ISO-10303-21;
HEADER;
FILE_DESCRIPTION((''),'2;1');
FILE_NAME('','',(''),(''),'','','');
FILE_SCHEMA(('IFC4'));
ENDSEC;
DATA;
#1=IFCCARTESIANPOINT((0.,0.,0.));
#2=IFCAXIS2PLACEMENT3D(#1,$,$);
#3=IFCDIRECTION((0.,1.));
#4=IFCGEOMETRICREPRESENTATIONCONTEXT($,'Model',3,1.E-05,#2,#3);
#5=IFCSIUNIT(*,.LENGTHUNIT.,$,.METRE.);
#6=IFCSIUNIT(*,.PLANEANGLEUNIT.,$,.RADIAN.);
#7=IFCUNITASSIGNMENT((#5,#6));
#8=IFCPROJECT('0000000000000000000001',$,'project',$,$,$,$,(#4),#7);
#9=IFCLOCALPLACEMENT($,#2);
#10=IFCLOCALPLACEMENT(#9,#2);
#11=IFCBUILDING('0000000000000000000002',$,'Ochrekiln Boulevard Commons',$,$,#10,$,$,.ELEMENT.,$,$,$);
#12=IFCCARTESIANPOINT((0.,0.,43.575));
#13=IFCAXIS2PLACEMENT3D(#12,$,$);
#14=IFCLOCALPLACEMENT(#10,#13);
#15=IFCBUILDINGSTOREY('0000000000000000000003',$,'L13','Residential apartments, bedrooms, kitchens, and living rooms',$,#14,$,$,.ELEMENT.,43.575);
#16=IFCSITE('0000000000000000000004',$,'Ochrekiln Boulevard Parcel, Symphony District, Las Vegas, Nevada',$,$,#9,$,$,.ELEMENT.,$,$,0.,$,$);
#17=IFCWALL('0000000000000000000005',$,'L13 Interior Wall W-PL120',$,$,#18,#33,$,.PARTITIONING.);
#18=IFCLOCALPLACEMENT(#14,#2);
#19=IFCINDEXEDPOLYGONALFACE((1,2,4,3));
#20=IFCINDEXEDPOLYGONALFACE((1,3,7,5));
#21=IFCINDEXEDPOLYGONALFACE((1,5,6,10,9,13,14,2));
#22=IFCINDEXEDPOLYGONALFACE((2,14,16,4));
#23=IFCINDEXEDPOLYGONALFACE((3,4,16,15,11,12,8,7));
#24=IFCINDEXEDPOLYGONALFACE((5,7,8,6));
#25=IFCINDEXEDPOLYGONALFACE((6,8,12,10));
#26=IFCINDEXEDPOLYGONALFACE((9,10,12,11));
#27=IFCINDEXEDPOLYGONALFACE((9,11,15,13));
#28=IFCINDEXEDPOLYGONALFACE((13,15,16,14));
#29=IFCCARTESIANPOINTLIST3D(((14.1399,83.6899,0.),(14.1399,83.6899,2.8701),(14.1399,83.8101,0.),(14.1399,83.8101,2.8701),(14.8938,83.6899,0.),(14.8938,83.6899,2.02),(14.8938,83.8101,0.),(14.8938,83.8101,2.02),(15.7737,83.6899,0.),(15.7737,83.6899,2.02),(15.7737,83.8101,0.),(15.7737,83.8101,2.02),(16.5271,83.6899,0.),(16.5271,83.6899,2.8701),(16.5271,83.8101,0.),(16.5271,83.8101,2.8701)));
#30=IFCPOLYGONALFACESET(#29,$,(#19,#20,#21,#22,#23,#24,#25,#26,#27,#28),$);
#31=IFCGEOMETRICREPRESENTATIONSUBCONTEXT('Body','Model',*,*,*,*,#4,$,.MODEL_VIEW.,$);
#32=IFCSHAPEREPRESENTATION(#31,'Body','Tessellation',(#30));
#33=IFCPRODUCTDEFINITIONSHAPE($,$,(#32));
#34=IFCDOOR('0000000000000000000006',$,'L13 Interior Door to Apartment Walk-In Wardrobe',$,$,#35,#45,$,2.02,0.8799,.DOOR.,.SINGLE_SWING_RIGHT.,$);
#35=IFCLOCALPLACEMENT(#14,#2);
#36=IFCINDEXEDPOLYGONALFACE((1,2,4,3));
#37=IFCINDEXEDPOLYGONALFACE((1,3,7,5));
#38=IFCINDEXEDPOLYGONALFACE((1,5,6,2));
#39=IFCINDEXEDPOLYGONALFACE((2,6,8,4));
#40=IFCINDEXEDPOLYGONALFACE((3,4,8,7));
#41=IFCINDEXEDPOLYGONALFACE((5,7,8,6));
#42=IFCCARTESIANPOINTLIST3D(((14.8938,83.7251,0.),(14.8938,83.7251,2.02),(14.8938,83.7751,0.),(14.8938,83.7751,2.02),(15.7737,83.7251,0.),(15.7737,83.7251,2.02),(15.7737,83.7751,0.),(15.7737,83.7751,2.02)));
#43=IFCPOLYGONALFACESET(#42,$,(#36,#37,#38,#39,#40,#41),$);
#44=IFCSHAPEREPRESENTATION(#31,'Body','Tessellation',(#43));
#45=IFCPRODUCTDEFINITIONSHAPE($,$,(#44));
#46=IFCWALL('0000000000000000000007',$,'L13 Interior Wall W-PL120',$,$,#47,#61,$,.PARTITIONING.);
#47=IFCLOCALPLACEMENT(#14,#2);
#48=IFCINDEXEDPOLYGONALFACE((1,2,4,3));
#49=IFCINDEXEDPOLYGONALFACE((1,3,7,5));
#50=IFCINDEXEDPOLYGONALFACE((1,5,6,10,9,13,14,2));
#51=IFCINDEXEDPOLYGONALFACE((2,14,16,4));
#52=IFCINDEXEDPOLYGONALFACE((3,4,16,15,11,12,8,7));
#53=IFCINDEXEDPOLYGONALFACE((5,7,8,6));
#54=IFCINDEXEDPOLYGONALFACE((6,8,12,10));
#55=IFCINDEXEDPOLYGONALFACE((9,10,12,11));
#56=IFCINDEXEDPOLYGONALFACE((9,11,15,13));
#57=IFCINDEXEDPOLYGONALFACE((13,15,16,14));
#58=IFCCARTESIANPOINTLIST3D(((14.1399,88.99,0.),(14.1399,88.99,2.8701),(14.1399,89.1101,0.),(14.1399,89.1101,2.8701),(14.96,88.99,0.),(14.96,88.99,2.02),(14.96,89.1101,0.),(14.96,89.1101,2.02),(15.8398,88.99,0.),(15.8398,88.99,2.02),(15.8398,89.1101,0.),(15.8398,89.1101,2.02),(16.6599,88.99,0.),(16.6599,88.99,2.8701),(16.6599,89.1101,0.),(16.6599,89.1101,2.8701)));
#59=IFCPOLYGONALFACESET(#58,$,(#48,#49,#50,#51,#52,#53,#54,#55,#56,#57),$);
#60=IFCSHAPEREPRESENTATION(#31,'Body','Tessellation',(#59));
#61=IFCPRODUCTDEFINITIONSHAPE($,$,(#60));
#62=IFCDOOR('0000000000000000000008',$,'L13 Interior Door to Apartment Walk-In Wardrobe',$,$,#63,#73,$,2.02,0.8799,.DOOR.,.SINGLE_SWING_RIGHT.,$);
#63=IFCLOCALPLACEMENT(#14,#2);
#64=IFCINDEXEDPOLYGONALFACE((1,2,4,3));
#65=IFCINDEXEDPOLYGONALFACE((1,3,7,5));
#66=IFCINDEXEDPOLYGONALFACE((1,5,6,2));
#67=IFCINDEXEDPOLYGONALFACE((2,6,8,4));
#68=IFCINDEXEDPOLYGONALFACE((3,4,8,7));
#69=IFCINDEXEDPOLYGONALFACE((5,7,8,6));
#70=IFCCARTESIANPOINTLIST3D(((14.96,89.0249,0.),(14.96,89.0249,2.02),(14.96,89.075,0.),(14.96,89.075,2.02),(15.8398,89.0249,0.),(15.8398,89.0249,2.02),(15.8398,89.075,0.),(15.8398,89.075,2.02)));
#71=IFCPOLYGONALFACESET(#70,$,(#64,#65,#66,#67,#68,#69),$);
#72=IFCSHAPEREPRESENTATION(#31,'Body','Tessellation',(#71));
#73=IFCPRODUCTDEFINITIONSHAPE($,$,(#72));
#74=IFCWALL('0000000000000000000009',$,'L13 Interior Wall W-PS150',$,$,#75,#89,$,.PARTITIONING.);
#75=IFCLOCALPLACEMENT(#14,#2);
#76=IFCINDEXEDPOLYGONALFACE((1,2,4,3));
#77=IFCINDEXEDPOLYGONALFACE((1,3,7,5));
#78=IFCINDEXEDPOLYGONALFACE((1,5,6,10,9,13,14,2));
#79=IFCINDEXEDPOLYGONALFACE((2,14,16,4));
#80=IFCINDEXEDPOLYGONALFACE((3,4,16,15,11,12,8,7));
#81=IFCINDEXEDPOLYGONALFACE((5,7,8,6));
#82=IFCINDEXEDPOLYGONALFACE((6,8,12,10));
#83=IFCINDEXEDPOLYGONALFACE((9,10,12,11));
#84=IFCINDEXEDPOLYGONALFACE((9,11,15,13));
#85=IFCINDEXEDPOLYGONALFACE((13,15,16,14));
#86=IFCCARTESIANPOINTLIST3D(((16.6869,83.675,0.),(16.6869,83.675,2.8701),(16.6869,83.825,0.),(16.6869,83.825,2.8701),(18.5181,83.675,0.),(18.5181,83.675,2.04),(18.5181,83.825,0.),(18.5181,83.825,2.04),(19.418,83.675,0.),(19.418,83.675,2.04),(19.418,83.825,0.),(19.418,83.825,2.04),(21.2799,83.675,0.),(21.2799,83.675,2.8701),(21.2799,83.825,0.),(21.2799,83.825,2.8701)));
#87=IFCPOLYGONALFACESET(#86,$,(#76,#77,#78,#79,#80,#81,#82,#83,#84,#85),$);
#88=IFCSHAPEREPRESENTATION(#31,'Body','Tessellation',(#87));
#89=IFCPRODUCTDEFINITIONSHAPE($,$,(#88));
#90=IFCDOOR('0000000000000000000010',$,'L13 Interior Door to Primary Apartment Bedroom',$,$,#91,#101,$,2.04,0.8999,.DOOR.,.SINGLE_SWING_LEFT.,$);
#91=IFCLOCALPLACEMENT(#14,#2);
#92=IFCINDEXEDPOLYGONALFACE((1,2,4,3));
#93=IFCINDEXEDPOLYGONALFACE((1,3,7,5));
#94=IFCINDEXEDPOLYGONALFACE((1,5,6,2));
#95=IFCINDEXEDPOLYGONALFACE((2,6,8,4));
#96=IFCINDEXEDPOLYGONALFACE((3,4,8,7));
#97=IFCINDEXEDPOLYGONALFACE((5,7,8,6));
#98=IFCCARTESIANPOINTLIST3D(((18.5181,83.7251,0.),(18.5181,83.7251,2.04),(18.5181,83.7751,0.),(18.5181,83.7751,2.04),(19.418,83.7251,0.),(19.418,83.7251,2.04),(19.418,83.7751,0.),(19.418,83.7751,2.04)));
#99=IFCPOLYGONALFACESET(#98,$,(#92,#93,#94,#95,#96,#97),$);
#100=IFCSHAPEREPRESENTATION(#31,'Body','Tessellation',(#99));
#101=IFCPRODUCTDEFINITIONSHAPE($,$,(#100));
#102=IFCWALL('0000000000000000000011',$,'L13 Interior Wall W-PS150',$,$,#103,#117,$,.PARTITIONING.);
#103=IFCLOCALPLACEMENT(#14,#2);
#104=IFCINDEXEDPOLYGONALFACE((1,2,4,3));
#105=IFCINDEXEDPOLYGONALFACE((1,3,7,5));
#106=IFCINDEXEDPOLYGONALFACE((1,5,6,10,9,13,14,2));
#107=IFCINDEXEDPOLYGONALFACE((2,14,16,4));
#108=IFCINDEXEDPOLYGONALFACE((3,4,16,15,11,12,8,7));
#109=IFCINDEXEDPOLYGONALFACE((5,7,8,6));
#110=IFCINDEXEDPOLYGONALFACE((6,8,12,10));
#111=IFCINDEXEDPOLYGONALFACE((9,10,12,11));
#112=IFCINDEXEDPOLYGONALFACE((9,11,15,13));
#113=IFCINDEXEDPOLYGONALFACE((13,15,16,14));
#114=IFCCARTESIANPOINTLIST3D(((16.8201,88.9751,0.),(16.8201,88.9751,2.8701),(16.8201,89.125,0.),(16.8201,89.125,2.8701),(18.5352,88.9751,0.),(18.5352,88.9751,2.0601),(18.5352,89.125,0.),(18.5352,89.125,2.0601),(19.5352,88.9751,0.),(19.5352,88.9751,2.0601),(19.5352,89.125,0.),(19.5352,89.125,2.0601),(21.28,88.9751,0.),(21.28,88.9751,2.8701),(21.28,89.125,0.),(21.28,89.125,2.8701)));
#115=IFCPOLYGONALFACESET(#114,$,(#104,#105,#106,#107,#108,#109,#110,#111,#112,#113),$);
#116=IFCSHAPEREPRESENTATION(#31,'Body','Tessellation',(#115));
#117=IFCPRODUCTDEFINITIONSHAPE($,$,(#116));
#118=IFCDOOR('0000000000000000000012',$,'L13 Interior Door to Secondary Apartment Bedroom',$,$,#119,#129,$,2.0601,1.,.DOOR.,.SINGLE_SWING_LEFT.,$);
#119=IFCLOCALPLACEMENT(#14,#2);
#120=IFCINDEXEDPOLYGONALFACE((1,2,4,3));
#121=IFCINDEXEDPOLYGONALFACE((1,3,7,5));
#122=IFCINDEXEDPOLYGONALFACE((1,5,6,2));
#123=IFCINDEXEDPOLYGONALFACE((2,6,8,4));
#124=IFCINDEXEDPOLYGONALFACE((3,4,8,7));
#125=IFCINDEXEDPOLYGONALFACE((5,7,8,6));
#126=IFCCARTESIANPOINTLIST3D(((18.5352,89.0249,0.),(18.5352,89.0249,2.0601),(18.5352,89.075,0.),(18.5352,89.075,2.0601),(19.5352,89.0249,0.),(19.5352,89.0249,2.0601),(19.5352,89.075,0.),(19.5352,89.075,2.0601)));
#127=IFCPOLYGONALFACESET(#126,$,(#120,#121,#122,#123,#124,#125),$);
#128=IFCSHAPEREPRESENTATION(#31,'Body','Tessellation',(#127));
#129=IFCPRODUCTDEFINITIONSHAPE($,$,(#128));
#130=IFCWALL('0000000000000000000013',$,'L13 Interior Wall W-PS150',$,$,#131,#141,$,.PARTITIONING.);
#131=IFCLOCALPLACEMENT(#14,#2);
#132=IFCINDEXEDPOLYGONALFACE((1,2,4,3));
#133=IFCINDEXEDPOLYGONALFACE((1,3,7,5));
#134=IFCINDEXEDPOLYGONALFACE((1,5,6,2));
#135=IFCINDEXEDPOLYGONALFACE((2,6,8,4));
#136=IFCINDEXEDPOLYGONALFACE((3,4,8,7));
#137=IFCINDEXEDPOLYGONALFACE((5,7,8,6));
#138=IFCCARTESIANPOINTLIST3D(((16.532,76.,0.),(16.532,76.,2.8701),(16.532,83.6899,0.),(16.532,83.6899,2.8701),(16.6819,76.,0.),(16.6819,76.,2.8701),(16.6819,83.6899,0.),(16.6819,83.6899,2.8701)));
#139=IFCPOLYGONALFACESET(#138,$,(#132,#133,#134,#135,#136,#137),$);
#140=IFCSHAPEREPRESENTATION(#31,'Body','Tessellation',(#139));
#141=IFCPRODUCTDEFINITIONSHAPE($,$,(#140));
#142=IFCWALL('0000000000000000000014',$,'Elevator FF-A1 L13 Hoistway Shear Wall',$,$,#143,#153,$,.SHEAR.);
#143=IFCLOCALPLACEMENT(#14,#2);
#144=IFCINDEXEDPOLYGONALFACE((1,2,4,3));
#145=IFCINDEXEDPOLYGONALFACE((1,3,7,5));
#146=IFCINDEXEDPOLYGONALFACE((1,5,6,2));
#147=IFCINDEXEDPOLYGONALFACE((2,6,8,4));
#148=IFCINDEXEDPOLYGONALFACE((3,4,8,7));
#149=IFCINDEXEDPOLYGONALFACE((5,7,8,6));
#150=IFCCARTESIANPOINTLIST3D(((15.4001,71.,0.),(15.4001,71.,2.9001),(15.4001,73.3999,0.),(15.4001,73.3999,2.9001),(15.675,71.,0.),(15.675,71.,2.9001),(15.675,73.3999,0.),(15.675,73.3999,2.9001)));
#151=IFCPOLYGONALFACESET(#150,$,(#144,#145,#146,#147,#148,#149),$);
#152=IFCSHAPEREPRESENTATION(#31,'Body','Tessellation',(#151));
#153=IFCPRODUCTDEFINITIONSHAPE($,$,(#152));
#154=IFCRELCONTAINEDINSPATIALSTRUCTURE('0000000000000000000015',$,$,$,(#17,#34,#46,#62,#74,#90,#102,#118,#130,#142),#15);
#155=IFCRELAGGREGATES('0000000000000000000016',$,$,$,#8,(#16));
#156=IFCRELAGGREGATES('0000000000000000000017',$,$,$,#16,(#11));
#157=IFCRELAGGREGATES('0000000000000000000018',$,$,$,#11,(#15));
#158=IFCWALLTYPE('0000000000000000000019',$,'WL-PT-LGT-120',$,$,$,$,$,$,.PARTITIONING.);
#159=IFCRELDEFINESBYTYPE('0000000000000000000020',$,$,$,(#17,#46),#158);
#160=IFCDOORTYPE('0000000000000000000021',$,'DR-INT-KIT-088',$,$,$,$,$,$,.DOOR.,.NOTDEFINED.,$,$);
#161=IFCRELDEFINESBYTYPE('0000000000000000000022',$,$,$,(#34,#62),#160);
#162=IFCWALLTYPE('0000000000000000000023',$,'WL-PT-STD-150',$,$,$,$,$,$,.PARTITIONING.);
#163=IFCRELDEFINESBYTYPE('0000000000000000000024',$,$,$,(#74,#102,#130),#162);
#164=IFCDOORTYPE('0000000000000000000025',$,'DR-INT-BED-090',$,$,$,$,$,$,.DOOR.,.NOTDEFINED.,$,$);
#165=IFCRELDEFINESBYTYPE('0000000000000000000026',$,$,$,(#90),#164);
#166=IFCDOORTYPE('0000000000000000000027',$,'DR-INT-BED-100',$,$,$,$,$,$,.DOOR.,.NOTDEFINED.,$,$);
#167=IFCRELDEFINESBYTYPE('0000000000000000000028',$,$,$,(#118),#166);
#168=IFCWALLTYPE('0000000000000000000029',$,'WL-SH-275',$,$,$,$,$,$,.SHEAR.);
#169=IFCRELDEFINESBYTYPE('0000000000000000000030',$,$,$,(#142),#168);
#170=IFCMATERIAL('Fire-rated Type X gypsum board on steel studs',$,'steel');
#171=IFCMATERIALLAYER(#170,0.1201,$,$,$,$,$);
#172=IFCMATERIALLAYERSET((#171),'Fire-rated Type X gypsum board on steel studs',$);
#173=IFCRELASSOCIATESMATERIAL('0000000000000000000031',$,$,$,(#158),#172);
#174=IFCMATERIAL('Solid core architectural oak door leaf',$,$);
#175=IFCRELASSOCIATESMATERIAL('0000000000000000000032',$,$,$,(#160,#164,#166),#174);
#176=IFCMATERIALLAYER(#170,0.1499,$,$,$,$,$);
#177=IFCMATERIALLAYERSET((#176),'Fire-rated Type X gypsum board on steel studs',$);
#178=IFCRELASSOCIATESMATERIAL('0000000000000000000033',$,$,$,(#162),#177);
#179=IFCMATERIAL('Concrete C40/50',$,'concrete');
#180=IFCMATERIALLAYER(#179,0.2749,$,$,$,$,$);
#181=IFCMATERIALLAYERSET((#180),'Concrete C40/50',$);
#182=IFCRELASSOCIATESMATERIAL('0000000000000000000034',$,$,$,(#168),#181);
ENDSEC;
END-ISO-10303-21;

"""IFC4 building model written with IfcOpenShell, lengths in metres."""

from ifc_helpers import new_model, si_unit, direction, frame, frame_2d, origin, place, context, subcontext, project, spatial, rectangle, extrude, material, layer, layer_set, type_object, element, fill, save


model = new_model("IFC4")

# Units and contexts
model_context = context("Model", 3, precision=1e-05, world=origin(), true_north=direction((0.0, 1.0)))
body_context = subcontext(model_context, "Body", "Model", "MODEL_VIEW")
ifc_project = project(units=[si_unit("LENGTHUNIT", "METRE"), si_unit("PLANEANGLEUNIT", "RADIAN")], contexts=[model_context])

# Site, building, storey
site_placement = place(None, origin())
site = spatial("IfcSite", under=ifc_project, at=site_placement, Name="Ochrekiln Boulevard Parcel, Symphony District, Las Vegas, Nevada", CompositionType="ELEMENT", RefElevation=0.0)
building_placement = place(site_placement, origin())
building = spatial("IfcBuilding", under=site, at=building_placement, Name="Ochrekiln Boulevard Commons", CompositionType="ELEMENT")
storey_placement = place(building_placement, frame((0.0, 0.0, 43.575)))
storey = spatial("IfcBuildingStorey", under=building, at=storey_placement, Name="L13", Description="Residential apartments, bedrooms, kitchens, and living rooms", CompositionType="ELEMENT", Elevation=43.575)

# Shared definitions
ifc_material_1 = material(Name="Concrete C40/50", Category="concrete")

# Walls, openings, doors
ifc_material_2 = material(Name="Fire-rated Type X gypsum board on steel studs", Category="steel")
ifc_layer_1 = layer(ifc_material_2, 0.1201)
ifc_layer_set_1 = layer_set([ifc_layer_1], Name="Fire-rated Type X gypsum board on steel studs")
wall_type_1 = type_object("IfcWallType", Name="WL-PT-LGT-120", PredefinedType="PARTITIONING", material=ifc_layer_set_1)
wall_1_placement = place(storey_placement, frame((14.1399, 83.75, 0.0), z_axis=(0.0, 0.0, 1.0), x_axis=(1.0, 0.0, 0.0)))
wall_1 = element("IfcWall", 1, at=wall_1_placement, inside=storey, type_object=wall_type_1, Name="L13 Interior Wall W-PL120", PredefinedType="PARTITIONING", context=body_context, shape_type="SweptSolid", body=[
    extrude(rectangle(XDim=2.3872, YDim=0.1201, at=frame_2d((1.1936, 0.0))), origin(), (0.0, 0.0, 1.0), 2.8701),
])
opening_1_placement = place(wall_1_placement, frame((0.7539, 0.0, 0.0)))
opening_1 = element("IfcOpeningElement", 2, at=opening_1_placement, cuts=wall_1, PredefinedType="OPENING", context=body_context, shape_type="SweptSolid", body=[
    extrude(rectangle(XDim=0.8799, YDim=2.02, at=frame_2d((0.4399, 1.01))), frame((0.0, 0.0701, 0.0), z_axis=(0.0, -1.0, 0.0), x_axis=(1.0, 0.0, 0.0)), (0.0, 0.0, 1.0), 0.1401),
])
ifc_material_3 = material(Name="Solid core architectural oak door leaf")
door_type_1 = type_object("IfcDoorType", Name="DR-INT-KIT-088", OperationType="NOTDEFINED", PredefinedType="DOOR", material=ifc_material_3)
door_1_placement = place(opening_1_placement, frame((0.8799, 0.0, 0.0), z_axis=(0.0, 0.0, 1.0), x_axis=(-1.0, 0.0, 0.0)))
door_1 = element("IfcDoor", 3, at=door_1_placement, inside=storey, type_object=door_type_1, Name="L13 Interior Door to Apartment Walk-In Wardrobe", OperationType="SINGLE_SWING_RIGHT", OverallHeight=2.02, OverallWidth=0.8799, PredefinedType="DOOR", context=body_context, shape_type="SweptSolid", body=[
    extrude(rectangle(XDim=0.8799, YDim=2.02, at=frame_2d((0.4399, 1.01))), frame((0.0, 0.0249, 0.0), z_axis=(0.0, -1.0, 0.0), x_axis=(1.0, 0.0, 0.0)), (0.0, 0.0, 1.0), 0.05),
])
fill(opening_1, door_1)
wall_2_placement = place(storey_placement, frame((14.1399, 89.05, 0.0), z_axis=(0.0, 0.0, 1.0), x_axis=(1.0, 0.0, 0.0)))
wall_2 = element("IfcWall", 4, at=wall_2_placement, inside=storey, type_object=wall_type_1, Name="L13 Interior Wall W-PL120", PredefinedType="PARTITIONING", context=body_context, shape_type="SweptSolid", body=[
    extrude(rectangle(XDim=2.52, YDim=0.1201, at=frame_2d((1.26, 0.0))), origin(), (0.0, 0.0, 1.0), 2.8701),
])
opening_2_placement = place(wall_2_placement, frame((0.8201, 0.0, 0.0)))
opening_2 = element("IfcOpeningElement", 5, at=opening_2_placement, cuts=wall_2, PredefinedType="OPENING", context=body_context, shape_type="SweptSolid", body=[
    extrude(rectangle(XDim=0.8799, YDim=2.02, at=frame_2d((0.4399, 1.01))), frame((0.0, 0.0701, 0.0), z_axis=(0.0, -1.0, 0.0), x_axis=(1.0, 0.0, 0.0)), (0.0, 0.0, 1.0), 0.1401),
])
door_2_placement = place(opening_2_placement, origin())
door_2 = element("IfcDoor", 6, at=door_2_placement, inside=storey, type_object=door_type_1, Name="L13 Interior Door to Apartment Walk-In Wardrobe", OperationType="SINGLE_SWING_RIGHT", OverallHeight=2.02, OverallWidth=0.8799, PredefinedType="DOOR", context=body_context, shape_type="SweptSolid", body=[
    extrude(rectangle(XDim=0.8799, YDim=2.02, at=frame_2d((0.4399, 1.01))), frame((0.0, 0.0249, 0.0), z_axis=(0.0, -1.0, 0.0), x_axis=(1.0, 0.0, 0.0)), (0.0, 0.0, 1.0), 0.05),
])
fill(opening_2, door_2)
ifc_layer_2 = layer(ifc_material_2, 0.1499)
ifc_layer_set_2 = layer_set([ifc_layer_2], Name="Fire-rated Type X gypsum board on steel studs")
wall_type_2 = type_object("IfcWallType", Name="WL-PT-STD-150", PredefinedType="PARTITIONING", material=ifc_layer_set_2)
wall_3_placement = place(storey_placement, frame((16.687, 83.75, 0.0), z_axis=(0.0, 0.0, 1.0), x_axis=(1.0, 0.0, 0.0)))
wall_3 = element("IfcWall", 7, at=wall_3_placement, inside=storey, type_object=wall_type_2, Name="L13 Interior Wall W-PS150", PredefinedType="PARTITIONING", context=body_context, shape_type="SweptSolid", body=[
    extrude(rectangle(XDim=4.593, YDim=0.1499, at=frame_2d((2.2964, 0.0))), origin(), (0.0, 0.0, 1.0), 2.8701),
])
opening_3_placement = place(wall_3_placement, frame((1.8311, 0.0, 0.0)))
opening_3 = element("IfcOpeningElement", 8, at=opening_3_placement, cuts=wall_3, PredefinedType="OPENING", context=body_context, shape_type="SweptSolid", body=[
    extrude(rectangle(XDim=0.8999, YDim=2.04, at=frame_2d((0.45, 1.02))), frame((0.0, 0.085, 0.0), z_axis=(0.0, -1.0, 0.0), x_axis=(1.0, 0.0, 0.0)), (0.0, 0.0, 1.0), 0.1699),
])
door_type_2 = type_object("IfcDoorType", Name="DR-INT-BED-090", OperationType="NOTDEFINED", PredefinedType="DOOR", material=ifc_material_3)
door_3_placement = place(opening_3_placement, frame((0.8999, 0.0, 0.0), z_axis=(0.0, 0.0, 1.0), x_axis=(-1.0, 0.0, 0.0)))
door_3 = element("IfcDoor", 9, at=door_3_placement, inside=storey, type_object=door_type_2, Name="L13 Interior Door to Primary Apartment Bedroom", OperationType="SINGLE_SWING_LEFT", OverallHeight=2.04, OverallWidth=0.8999, PredefinedType="DOOR", context=body_context, shape_type="SweptSolid", body=[
    extrude(rectangle(XDim=0.8999, YDim=2.04, at=frame_2d((0.45, 1.02))), frame((0.0, 0.0249, 0.0), z_axis=(0.0, -1.0, 0.0), x_axis=(1.0, 0.0, 0.0)), (0.0, 0.0, 1.0), 0.05),
])
fill(opening_3, door_3)
wall_4_placement = place(storey_placement, frame((16.8201, 89.05, 0.0), z_axis=(0.0, 0.0, 1.0), x_axis=(1.0, 0.0, 0.0)))
wall_4 = element("IfcWall", 10, at=wall_4_placement, inside=storey, type_object=wall_type_2, Name="L13 Interior Wall W-PS150", PredefinedType="PARTITIONING", context=body_context, shape_type="SweptSolid", body=[
    extrude(rectangle(XDim=4.46, YDim=0.1499, at=frame_2d((2.23, 0.0))), origin(), (0.0, 0.0, 1.0), 2.8701),
])
opening_4_placement = place(wall_4_placement, frame((1.7151, 0.0, 0.0)))
opening_4 = element("IfcOpeningElement", 11, at=opening_4_placement, cuts=wall_4, PredefinedType="OPENING", context=body_context, shape_type="SweptSolid", body=[
    extrude(rectangle(XDim=1.0, YDim=2.0601, at=frame_2d((0.5, 1.03))), frame((0.0, 0.085, 0.0), z_axis=(0.0, -1.0, 0.0), x_axis=(1.0, 0.0, 0.0)), (0.0, 0.0, 1.0), 0.1699),
])
door_type_3 = type_object("IfcDoorType", Name="DR-INT-BED-100", OperationType="NOTDEFINED", PredefinedType="DOOR", material=ifc_material_3)
door_4_placement = place(opening_4_placement, origin())
door_4 = element("IfcDoor", 12, at=door_4_placement, inside=storey, type_object=door_type_3, Name="L13 Interior Door to Secondary Apartment Bedroom", OperationType="SINGLE_SWING_LEFT", OverallHeight=2.0601, OverallWidth=1.0, PredefinedType="DOOR", context=body_context, shape_type="SweptSolid", body=[
    extrude(rectangle(XDim=1.0, YDim=2.0601, at=frame_2d((0.5, 1.03))), frame((0.0, 0.0249, 0.0), z_axis=(0.0, -1.0, 0.0), x_axis=(1.0, 0.0, 0.0)), (0.0, 0.0, 1.0), 0.05),
])
fill(opening_4, door_4)

# Walls
wall_5_placement = place(storey_placement, frame((16.6069, 76.0, 0.0), z_axis=(0.0, 0.0, 1.0), x_axis=(0.0, 1.0, 0.0)))
element("IfcWall", 13, at=wall_5_placement, inside=storey, type_object=wall_type_2, Name="L13 Interior Wall W-PS150", PredefinedType="PARTITIONING", context=body_context, shape_type="SweptSolid", body=[
    extrude(rectangle(XDim=7.6899, YDim=0.1499, at=frame_2d((3.845, 0.0))), origin(), (0.0, 0.0, 1.0), 2.8701),
])
ifc_layer_3 = layer(ifc_material_1, 0.2749)
ifc_layer_set_3 = layer_set([ifc_layer_3], Name="Concrete C40/50")
wall_type_3 = type_object("IfcWallType", Name="WL-SH-275", PredefinedType="SHEAR", material=ifc_layer_set_3)
wall_6_placement = place(storey_placement, frame((15.5376, 71.0, 0.0), z_axis=(0.0, 0.0, 1.0), x_axis=(0.0, 1.0, 0.0)))
element("IfcWall", 14, at=wall_6_placement, inside=storey, type_object=wall_type_3, Name="Elevator FF-A1 L13 Hoistway Shear Wall", PredefinedType="SHEAR", context=body_context, shape_type="SweptSolid", body=[
    extrude(rectangle(XDim=2.3999, YDim=0.2749, at=frame_2d((1.2, 0.0))), origin(), (0.0, 0.0, 1.0), 2.9001),
])

save(model, "model.ifc")
